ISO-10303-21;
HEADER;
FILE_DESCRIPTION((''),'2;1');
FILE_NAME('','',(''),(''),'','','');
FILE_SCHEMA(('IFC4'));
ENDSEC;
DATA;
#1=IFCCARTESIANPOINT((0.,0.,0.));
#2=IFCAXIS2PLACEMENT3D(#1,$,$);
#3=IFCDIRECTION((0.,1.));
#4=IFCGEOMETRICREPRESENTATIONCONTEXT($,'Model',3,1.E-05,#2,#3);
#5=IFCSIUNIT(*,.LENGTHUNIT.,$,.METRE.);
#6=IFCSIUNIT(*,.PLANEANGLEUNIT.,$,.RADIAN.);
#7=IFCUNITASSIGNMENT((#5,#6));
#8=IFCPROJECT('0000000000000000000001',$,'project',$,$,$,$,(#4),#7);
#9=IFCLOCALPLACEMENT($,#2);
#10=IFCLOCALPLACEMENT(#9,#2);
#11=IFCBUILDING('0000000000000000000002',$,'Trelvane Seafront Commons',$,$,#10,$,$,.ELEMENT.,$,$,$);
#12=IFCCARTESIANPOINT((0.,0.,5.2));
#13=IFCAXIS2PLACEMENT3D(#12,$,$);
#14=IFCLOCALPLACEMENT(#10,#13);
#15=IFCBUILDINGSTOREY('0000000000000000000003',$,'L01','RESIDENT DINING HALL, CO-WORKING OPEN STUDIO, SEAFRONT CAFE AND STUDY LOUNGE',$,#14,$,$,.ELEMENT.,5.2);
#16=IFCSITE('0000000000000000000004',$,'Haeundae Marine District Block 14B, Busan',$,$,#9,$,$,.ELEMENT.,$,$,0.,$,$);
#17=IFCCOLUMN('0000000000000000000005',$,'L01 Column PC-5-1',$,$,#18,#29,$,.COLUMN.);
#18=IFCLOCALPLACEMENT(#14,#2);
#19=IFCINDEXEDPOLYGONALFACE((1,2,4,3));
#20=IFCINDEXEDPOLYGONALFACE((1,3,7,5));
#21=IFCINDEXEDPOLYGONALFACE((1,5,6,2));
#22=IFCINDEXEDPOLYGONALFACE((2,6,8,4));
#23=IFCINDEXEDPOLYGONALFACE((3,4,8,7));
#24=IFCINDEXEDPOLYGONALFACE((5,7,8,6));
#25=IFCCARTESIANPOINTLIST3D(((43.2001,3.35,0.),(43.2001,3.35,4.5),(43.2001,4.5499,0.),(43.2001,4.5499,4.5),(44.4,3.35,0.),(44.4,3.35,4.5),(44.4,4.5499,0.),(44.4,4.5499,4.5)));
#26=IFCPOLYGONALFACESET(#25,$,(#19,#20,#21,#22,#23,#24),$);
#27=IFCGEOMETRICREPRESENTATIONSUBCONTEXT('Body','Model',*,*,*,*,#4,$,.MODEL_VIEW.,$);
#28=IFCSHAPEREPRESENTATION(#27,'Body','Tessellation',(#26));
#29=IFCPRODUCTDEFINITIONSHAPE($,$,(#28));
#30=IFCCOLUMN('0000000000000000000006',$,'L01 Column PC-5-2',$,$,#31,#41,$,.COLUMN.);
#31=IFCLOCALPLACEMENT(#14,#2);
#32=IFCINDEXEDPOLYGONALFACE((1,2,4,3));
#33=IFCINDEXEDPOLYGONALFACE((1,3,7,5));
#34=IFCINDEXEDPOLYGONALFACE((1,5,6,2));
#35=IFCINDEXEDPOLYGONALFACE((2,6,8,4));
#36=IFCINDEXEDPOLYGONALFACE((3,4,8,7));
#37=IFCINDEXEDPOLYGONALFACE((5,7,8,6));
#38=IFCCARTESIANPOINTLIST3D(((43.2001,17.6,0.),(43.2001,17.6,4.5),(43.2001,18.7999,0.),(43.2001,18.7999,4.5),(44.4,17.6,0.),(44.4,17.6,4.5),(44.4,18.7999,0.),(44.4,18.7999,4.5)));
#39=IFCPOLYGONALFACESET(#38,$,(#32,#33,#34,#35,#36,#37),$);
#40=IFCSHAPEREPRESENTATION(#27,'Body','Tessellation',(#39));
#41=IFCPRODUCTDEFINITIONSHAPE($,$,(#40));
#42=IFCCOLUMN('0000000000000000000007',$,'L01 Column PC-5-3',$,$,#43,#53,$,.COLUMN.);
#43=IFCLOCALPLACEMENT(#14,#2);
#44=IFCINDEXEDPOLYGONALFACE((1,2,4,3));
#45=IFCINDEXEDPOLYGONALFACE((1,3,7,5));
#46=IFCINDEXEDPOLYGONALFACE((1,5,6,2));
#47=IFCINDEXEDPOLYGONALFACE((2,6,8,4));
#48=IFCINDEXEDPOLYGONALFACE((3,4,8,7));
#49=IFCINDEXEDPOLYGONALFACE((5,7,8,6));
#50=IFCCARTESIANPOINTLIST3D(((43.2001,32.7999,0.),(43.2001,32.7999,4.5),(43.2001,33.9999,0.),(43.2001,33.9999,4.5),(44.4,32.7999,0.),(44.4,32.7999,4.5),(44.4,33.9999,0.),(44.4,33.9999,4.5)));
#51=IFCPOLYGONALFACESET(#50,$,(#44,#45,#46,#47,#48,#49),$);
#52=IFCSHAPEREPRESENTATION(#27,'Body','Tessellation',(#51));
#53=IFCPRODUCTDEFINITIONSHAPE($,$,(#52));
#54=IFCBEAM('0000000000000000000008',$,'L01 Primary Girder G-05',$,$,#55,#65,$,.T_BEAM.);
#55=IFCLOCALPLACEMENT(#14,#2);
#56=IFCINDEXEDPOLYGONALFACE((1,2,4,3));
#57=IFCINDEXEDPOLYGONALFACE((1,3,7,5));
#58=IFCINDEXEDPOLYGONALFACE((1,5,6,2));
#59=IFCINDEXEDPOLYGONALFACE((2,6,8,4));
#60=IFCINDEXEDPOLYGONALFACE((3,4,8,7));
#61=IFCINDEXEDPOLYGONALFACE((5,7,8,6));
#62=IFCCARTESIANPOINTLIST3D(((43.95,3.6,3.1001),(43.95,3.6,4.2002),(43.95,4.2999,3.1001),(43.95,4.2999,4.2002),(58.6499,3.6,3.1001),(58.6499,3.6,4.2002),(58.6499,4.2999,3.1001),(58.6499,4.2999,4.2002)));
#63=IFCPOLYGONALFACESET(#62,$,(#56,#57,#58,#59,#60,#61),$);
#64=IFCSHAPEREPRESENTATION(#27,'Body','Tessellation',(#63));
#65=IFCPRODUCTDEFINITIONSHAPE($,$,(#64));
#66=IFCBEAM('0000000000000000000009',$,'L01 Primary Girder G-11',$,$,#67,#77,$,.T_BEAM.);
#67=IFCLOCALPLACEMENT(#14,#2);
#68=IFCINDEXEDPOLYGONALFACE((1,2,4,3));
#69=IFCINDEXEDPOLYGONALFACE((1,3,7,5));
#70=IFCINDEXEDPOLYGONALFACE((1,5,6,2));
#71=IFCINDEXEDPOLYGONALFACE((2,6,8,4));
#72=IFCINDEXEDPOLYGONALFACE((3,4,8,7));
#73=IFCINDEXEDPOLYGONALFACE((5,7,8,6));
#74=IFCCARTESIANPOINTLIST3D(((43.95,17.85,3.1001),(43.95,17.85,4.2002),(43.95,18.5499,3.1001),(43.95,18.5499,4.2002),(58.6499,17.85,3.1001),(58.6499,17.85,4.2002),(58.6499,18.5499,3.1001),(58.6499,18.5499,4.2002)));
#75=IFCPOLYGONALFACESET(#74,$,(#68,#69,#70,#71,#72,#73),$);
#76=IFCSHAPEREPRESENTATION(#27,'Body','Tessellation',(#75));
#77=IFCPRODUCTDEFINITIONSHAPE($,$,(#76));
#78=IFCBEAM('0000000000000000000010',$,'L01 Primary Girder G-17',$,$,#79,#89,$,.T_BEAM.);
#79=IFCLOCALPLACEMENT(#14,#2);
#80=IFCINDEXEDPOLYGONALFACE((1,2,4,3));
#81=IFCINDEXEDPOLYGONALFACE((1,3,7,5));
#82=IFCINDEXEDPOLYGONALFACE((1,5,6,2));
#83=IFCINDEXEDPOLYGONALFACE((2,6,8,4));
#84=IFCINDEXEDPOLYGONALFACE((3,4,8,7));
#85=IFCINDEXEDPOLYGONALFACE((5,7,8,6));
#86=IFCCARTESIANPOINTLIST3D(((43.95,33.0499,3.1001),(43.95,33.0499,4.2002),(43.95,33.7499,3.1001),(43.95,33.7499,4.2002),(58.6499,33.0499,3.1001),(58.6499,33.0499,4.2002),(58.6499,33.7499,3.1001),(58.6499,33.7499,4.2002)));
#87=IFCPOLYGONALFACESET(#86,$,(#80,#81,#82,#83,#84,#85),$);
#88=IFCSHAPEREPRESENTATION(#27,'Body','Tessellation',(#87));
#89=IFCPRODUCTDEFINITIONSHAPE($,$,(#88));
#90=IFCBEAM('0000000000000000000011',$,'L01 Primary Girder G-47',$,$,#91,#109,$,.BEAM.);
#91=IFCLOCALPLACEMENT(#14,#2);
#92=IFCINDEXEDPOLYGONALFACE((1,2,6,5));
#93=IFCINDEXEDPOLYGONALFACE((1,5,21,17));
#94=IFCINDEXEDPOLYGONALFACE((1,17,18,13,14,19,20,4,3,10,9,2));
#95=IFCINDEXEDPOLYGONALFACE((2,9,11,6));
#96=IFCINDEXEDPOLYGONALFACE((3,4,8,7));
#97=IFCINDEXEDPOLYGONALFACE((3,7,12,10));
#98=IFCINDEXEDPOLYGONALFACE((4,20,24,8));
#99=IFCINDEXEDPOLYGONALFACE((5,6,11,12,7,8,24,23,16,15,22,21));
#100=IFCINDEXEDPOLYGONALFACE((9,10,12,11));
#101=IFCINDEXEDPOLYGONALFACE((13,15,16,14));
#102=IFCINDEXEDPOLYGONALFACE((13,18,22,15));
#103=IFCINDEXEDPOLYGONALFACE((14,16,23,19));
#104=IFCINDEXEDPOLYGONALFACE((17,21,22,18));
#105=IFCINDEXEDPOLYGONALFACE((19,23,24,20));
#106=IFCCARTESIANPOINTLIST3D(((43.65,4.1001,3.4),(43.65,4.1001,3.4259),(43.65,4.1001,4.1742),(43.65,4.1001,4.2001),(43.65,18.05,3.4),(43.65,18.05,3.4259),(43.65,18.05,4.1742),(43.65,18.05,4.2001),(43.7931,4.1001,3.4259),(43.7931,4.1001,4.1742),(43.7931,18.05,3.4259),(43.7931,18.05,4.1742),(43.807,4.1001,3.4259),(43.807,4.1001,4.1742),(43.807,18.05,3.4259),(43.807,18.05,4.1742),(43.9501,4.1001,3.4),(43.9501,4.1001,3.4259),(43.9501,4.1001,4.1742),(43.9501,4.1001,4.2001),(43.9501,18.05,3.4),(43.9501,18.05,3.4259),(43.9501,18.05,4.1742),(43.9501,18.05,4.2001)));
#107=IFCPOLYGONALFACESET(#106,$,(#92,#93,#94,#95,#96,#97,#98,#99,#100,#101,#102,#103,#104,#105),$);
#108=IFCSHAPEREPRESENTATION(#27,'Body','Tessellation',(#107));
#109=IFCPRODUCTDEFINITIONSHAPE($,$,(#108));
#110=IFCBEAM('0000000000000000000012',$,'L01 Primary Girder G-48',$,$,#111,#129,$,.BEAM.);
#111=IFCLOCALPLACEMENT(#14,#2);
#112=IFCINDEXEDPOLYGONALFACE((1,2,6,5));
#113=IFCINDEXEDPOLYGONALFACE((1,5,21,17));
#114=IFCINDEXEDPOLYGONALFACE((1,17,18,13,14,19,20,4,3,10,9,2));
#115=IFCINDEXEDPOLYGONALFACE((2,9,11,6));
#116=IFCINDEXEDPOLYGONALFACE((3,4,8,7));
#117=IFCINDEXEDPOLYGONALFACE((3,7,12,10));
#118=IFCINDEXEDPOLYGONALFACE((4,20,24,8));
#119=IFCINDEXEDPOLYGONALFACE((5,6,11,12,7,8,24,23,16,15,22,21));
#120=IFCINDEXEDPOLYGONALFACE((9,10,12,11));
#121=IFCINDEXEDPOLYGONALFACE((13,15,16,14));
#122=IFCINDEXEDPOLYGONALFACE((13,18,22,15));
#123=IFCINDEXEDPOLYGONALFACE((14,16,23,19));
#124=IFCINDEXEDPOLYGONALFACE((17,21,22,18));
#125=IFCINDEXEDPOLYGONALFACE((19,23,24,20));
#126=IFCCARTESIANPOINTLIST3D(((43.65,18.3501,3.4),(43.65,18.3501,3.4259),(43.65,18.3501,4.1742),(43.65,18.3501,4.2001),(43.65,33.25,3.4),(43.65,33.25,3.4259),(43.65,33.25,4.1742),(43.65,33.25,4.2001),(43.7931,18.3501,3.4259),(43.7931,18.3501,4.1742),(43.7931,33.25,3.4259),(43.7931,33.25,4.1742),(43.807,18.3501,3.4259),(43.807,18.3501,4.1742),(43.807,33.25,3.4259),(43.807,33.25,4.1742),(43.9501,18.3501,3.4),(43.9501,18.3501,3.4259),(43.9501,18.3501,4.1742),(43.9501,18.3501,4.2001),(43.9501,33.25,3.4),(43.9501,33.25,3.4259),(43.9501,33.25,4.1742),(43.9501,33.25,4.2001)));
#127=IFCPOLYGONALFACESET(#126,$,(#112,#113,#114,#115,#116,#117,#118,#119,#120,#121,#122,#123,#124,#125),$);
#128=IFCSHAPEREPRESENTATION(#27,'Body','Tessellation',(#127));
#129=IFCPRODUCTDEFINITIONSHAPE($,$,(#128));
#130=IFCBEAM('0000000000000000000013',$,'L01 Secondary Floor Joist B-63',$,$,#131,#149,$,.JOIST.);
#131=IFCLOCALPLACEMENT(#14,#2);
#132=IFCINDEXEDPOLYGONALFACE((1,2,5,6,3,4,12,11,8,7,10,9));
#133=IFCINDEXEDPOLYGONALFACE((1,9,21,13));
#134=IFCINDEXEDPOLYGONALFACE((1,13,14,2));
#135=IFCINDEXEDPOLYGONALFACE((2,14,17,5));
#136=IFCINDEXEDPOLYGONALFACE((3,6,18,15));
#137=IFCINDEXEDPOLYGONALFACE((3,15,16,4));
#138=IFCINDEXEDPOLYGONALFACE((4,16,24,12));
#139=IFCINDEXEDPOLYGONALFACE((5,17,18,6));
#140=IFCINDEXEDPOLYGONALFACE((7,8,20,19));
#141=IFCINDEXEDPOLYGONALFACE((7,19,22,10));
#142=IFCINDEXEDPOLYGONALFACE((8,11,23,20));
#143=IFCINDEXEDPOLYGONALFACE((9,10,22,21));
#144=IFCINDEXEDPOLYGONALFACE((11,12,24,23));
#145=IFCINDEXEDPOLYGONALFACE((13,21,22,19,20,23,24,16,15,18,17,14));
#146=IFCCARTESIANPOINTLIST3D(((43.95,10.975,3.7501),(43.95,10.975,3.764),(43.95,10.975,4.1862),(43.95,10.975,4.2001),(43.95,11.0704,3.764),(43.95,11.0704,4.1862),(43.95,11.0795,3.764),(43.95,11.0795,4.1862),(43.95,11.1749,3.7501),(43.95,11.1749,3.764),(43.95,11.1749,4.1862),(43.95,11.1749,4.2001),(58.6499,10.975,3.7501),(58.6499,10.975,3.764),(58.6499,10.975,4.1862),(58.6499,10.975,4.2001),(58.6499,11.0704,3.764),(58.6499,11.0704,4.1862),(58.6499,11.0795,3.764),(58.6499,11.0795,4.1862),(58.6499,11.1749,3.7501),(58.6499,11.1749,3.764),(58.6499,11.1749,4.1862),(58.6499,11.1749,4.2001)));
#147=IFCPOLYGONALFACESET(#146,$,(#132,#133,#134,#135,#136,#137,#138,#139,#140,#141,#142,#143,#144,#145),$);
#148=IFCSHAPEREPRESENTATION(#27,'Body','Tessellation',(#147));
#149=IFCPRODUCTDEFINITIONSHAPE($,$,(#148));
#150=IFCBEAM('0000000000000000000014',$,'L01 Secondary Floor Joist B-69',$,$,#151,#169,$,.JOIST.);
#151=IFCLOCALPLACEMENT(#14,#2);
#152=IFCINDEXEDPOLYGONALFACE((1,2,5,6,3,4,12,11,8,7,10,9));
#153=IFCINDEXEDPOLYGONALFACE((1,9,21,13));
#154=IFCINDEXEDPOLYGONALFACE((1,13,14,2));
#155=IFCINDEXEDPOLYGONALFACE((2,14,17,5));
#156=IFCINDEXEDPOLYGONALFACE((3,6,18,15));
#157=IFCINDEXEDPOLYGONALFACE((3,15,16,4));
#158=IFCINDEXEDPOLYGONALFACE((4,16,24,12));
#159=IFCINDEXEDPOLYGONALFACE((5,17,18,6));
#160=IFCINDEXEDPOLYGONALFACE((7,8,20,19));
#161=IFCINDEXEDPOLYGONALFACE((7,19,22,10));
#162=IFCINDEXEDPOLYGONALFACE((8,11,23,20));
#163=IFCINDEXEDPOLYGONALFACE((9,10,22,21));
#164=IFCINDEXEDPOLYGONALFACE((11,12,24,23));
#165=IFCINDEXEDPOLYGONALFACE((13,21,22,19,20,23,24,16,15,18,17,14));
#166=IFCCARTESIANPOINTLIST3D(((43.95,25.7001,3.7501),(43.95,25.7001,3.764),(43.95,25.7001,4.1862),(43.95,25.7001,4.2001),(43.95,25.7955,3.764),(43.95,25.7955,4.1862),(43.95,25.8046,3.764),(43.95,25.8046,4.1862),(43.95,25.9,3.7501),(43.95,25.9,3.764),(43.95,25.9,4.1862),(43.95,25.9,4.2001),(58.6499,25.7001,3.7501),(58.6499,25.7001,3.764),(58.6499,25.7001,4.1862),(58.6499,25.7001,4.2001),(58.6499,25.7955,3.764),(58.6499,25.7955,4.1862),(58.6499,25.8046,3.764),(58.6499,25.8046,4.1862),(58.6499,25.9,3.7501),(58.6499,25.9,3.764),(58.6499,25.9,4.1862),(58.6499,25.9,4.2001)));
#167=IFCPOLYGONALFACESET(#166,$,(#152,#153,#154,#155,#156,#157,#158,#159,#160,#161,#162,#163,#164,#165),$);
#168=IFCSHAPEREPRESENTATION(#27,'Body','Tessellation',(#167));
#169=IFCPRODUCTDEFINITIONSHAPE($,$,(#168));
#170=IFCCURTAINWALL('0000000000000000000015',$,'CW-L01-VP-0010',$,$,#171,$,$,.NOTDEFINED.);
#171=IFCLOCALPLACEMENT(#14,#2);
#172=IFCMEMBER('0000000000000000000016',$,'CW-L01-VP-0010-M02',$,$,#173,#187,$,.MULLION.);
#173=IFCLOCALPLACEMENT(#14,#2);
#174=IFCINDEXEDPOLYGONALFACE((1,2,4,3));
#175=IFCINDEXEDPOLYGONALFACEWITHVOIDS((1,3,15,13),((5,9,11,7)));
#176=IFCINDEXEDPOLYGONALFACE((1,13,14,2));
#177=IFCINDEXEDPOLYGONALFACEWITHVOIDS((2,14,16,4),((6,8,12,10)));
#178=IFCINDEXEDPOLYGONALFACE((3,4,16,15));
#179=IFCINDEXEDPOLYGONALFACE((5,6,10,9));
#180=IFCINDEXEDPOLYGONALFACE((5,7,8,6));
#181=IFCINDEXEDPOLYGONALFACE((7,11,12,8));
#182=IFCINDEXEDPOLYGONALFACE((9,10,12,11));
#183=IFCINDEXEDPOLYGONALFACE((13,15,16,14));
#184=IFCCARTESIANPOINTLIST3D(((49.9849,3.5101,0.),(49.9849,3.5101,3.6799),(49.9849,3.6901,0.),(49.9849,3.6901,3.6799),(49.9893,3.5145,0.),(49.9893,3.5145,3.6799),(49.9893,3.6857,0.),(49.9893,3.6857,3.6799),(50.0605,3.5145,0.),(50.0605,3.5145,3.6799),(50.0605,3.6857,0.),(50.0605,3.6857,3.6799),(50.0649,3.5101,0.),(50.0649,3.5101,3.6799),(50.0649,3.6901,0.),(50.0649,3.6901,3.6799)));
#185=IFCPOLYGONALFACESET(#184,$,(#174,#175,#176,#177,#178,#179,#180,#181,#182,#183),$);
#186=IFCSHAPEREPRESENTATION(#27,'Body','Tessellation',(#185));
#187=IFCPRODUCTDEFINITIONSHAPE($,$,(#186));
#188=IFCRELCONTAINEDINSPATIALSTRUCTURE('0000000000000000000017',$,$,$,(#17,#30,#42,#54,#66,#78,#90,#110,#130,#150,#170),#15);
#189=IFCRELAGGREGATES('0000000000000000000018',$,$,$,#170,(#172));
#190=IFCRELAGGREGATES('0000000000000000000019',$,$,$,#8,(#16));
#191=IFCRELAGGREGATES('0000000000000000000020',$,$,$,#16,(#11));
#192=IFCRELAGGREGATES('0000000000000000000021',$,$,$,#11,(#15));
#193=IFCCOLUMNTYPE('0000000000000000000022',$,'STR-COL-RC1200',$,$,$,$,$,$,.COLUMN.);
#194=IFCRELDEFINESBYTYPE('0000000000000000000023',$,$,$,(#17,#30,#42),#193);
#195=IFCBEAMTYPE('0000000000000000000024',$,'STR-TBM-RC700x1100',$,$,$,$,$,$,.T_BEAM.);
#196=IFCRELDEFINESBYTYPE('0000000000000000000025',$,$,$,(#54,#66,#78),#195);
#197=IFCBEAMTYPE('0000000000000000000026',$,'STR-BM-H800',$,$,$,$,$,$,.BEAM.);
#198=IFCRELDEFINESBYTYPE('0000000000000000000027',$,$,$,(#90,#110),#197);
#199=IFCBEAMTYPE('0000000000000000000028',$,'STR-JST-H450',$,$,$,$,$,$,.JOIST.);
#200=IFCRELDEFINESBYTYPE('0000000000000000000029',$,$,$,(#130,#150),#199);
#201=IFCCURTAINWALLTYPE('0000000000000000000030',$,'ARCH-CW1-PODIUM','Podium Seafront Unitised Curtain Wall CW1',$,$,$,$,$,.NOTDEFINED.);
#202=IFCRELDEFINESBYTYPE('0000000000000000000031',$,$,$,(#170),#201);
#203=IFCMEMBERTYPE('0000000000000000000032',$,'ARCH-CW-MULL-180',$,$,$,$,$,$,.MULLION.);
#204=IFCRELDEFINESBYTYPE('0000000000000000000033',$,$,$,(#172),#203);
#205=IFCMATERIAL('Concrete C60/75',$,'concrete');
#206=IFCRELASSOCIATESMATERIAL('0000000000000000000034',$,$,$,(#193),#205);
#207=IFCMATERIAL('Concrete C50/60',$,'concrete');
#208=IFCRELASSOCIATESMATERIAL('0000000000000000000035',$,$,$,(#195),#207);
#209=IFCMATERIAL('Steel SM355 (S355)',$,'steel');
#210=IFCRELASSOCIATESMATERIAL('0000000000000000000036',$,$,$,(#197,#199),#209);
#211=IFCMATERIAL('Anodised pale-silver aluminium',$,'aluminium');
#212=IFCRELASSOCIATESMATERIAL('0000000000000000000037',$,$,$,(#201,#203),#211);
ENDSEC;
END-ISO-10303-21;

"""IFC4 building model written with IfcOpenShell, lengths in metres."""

from ifc_helpers import new_model, si_unit, direction, frame, origin, origin_2d, place, context, subcontext, project, spatial, rectangle, hollow_rectangle, i_section, extrude, source, transform, mapped, material, material_profile, profile_set, type_object, element, aggregate, save


model = new_model("IFC4")

# Units and contexts
model_context = context("Model", 3, precision=1e-05, world=origin(), true_north=direction((0.0, 1.0)))
body_context = subcontext(model_context, "Body", "Model", "MODEL_VIEW")
ifc_project = project(units=[si_unit("LENGTHUNIT", "METRE"), si_unit("PLANEANGLEUNIT", "RADIAN")], contexts=[model_context])

# Site, building, storey
site_placement = place(None, origin())
site = spatial("IfcSite", under=ifc_project, at=site_placement, Name="Haeundae Marine District Block 14B, Busan", CompositionType="ELEMENT", RefElevation=0.0)
building_placement = place(site_placement, origin())
building = spatial("IfcBuilding", under=site, at=building_placement, Name="Trelvane Seafront Commons", CompositionType="ELEMENT")
storey_placement = place(building_placement, frame((0.0, 0.0, 5.2)))
storey = spatial("IfcBuildingStorey", under=building, at=storey_placement, Name="L01", Description="RESIDENT DINING HALL, CO-WORKING OPEN STUDIO, SEAFRONT CAFE AND STUDY LOUNGE", CompositionType="ELEMENT", Elevation=5.2)

# Columns
ifc_material_1 = material(Name="Concrete C60/75", Category="concrete")
ifc_material_profile_1 = material_profile(ifc_material_1, rectangle(XDim=1.2, YDim=1.2, at=origin_2d()), Name="RC-1200x1200")
ifc_profile_set_1 = profile_set([ifc_material_profile_1], Name="Concrete C60/75")
column_type = type_object("IfcColumnType", Name="STR-COL-RC1200", PredefinedType="COLUMN", material=ifc_profile_set_1)
shared_shape_1 = source(origin(), body_context, "Body", "SweptSolid", [
    extrude(rectangle(XDim=1.2, YDim=1.2, at=origin_2d()), origin(), (0.0, 0.0, 1.0), 4.5),
])
for number, where, z_axis, x_axis, name in (
    (1, (43.8, 3.95, 0.0), (0.0, 0.0, 1.0), (1.0, 0.0, 0.0), "L01 Column PC-5-1"),
    (2, (43.8, 18.2, 0.0), (0.0, 0.0, 1.0), (1.0, 0.0, 0.0), "L01 Column PC-5-2"),
    (3, (43.8, 33.3999, 0.0), (0.0, 0.0, 1.0), (1.0, 0.0, 0.0), "L01 Column PC-5-3"),
):
    element("IfcColumn", number, at=place(storey_placement, frame(where, z_axis=z_axis, x_axis=x_axis)), inside=storey, type_object=column_type, Name=name, PredefinedType="COLUMN", context=body_context, shape_type="MappedRepresentation", body=[
        mapped(shared_shape_1, transform((0.0, 0.0, 0.0), x_axis=(1.0, 0.0, 0.0), y_axis=(0.0, 1.0, 0.0), z_axis=(0.0, 0.0, 1.0), scale=1.0)),
    ])

# Beams
ifc_material_2 = material(Name="Concrete C50/60", Category="concrete")
ifc_material_profile_2 = material_profile(ifc_material_2, rectangle(XDim=0.7, YDim=1.1001, at=origin_2d()), Name="RC-700x1100")
ifc_profile_set_2 = profile_set([ifc_material_profile_2], Name="Concrete C50/60")
beam_type_1 = type_object("IfcBeamType", Name="STR-TBM-RC700x1100", PredefinedType="T_BEAM", material=ifc_profile_set_2)
shared_shape_2 = source(origin(), body_context, "Body", "SweptSolid", [
    extrude(rectangle(XDim=0.7, YDim=1.1001, at=origin_2d()), origin(), (0.0, 0.0, 1.0), 14.7),
])
for number, where, z_axis, x_axis, name in (
    (4, (43.95, 3.95, 3.6501), (1.0, 0.0, 0.0), (0.0, 1.0, 0.0), "L01 Primary Girder G-05"),
    (5, (43.95, 18.2, 3.6501), (1.0, 0.0, 0.0), (0.0, 1.0, 0.0), "L01 Primary Girder G-11"),
    (6, (43.95, 33.3999, 3.6501), (1.0, 0.0, 0.0), (0.0, 1.0, 0.0), "L01 Primary Girder G-17"),
):
    element("IfcBeam", number, at=place(storey_placement, frame(where, z_axis=z_axis, x_axis=x_axis)), inside=storey, type_object=beam_type_1, Name=name, PredefinedType="T_BEAM", context=body_context, shape_type="MappedRepresentation", body=[
        mapped(shared_shape_2, transform((0.0, 0.0, 0.0), x_axis=(1.0, 0.0, 0.0), y_axis=(0.0, 1.0, 0.0), z_axis=(0.0, 0.0, 1.0), scale=1.0)),
    ])
ifc_material_3 = material(Name="Steel SM355 (S355)", Category="steel")
ifc_material_profile_3 = material_profile(ifc_material_3, i_section(OverallWidth=0.3, OverallDepth=0.8, WebThickness=0.0139, FlangeThickness=0.0259, at=origin_2d()), Name="H-800x300x14x26")
ifc_profile_set_3 = profile_set([ifc_material_profile_3], Name="Steel SM355 (S355)")
beam_type_2 = type_object("IfcBeamType", Name="STR-BM-H800", PredefinedType="BEAM", material=ifc_profile_set_3)
shared_shape_3 = source(origin(), body_context, "Body", "SweptSolid", [
    extrude(i_section(OverallWidth=0.3, OverallDepth=0.8, WebThickness=0.0139, FlangeThickness=0.0259, at=origin_2d()), origin(), (0.0, 0.0, 1.0), 13.95),
])
beam_1_placement = place(storey_placement, frame((43.8, 4.1001, 3.8), z_axis=(0.0, 1.0, 0.0), x_axis=(-1.0, 0.0, 0.0)))
element("IfcBeam", 7, at=beam_1_placement, inside=storey, type_object=beam_type_2, Name="L01 Primary Girder G-47", PredefinedType="BEAM", context=body_context, shape_type="MappedRepresentation", body=[
    mapped(shared_shape_3, transform((0.0, 0.0, 0.0), x_axis=(1.0, 0.0, 0.0), y_axis=(0.0, 1.0, 0.0), z_axis=(0.0, 0.0, 1.0), scale=1.0)),
])
shared_shape_4 = source(origin(), body_context, "Body", "SweptSolid", [
    extrude(i_section(OverallWidth=0.3, OverallDepth=0.8, WebThickness=0.0139, FlangeThickness=0.0259, at=origin_2d()), origin(), (0.0, 0.0, 1.0), 14.8999),
])
beam_2_placement = place(storey_placement, frame((43.8, 18.3501, 3.8), z_axis=(0.0, 1.0, 0.0), x_axis=(-1.0, 0.0, 0.0)))
element("IfcBeam", 8, at=beam_2_placement, inside=storey, type_object=beam_type_2, Name="L01 Primary Girder G-48", PredefinedType="BEAM", context=body_context, shape_type="MappedRepresentation", body=[
    mapped(shared_shape_4, transform((0.0, 0.0, 0.0), x_axis=(1.0, 0.0, 0.0), y_axis=(0.0, 1.0, 0.0), z_axis=(0.0, 0.0, 1.0), scale=1.0)),
])
ifc_material_profile_4 = material_profile(ifc_material_3, i_section(OverallWidth=0.2, OverallDepth=0.45, WebThickness=0.009, FlangeThickness=0.0139, at=origin_2d()), Name="H-450x200x9x14")
ifc_profile_set_4 = profile_set([ifc_material_profile_4], Name="Steel SM355 (S355)")
beam_type_3 = type_object("IfcBeamType", Name="STR-JST-H450", PredefinedType="JOIST", material=ifc_profile_set_4)
shared_shape_5 = source(origin(), body_context, "Body", "SweptSolid", [
    extrude(i_section(OverallWidth=0.2, OverallDepth=0.45, WebThickness=0.009, FlangeThickness=0.0139, at=origin_2d()), origin(), (0.0, 0.0, 1.0), 14.7),
])
for number, where, z_axis, x_axis, name in (
    (9, (43.95, 11.075, 3.9751), (1.0, 0.0, 0.0), (0.0, 1.0, 0.0), "L01 Secondary Floor Joist B-63"),
    (10, (43.95, 25.8, 3.9751), (1.0, 0.0, 0.0), (0.0, 1.0, 0.0), "L01 Secondary Floor Joist B-69"),
):
    element("IfcBeam", number, at=place(storey_placement, frame(where, z_axis=z_axis, x_axis=x_axis)), inside=storey, type_object=beam_type_3, Name=name, PredefinedType="JOIST", context=body_context, shape_type="MappedRepresentation", body=[
        mapped(shared_shape_5, transform((0.0, 0.0, 0.0), x_axis=(1.0, 0.0, 0.0), y_axis=(0.0, 1.0, 0.0), z_axis=(0.0, 0.0, 1.0), scale=1.0)),
    ])

# Curtain wall, member
ifc_material_4 = material(Name="Anodised pale-silver aluminium", Category="aluminium")
curtain_wall_type = type_object("IfcCurtainWallType", Name="ARCH-CW1-PODIUM", Description="Podium Seafront Unitised Curtain Wall CW1", PredefinedType="NOTDEFINED", material=ifc_material_4)
curtain_wall_placement = place(storey_placement, origin())
curtain_wall = element("IfcCurtainWall", 11, at=curtain_wall_placement, inside=storey, type_object=curtain_wall_type, Name="CW-L01-VP-0010", PredefinedType="NOTDEFINED")
ifc_material_profile_5 = material_profile(ifc_material_4, hollow_rectangle(XDim=0.0801, YDim=0.1799, WallThickness=0.0044, at=origin_2d()), Name="MULL-80x180x4.5")
ifc_profile_set_5 = profile_set([ifc_material_profile_5], Name="Anodised pale-silver aluminium")
member_type_1 = type_object("IfcMemberType", Name="ARCH-CW-MULL-180", PredefinedType="MULLION", material=ifc_profile_set_5)
shared_shape_6 = source(origin(), body_context, "Body", "SweptSolid", [
    extrude(hollow_rectangle(XDim=0.0801, YDim=0.1799, WallThickness=0.0044, at=origin_2d()), origin(), (0.0, 0.0, 1.0), 3.6799),
])
member_1_placement = place(storey_placement, frame((50.0249, 3.6001, 0.0), z_axis=(0.0, 0.0, 1.0), x_axis=(1.0, 0.0, 0.0)))
member_1 = element("IfcMember", 12, at=member_1_placement, type_object=member_type_1, Name="CW-L01-VP-0010-M02", PredefinedType="MULLION", context=body_context, shape_type="MappedRepresentation", body=[
    mapped(shared_shape_6, transform((0.0, 0.0, 0.0), x_axis=(1.0, 0.0, 0.0), y_axis=(0.0, 1.0, 0.0), z_axis=(0.0, 0.0, 1.0), scale=1.0)),
])
aggregate(curtain_wall, [member_1])

save(model, "model.ifc")
